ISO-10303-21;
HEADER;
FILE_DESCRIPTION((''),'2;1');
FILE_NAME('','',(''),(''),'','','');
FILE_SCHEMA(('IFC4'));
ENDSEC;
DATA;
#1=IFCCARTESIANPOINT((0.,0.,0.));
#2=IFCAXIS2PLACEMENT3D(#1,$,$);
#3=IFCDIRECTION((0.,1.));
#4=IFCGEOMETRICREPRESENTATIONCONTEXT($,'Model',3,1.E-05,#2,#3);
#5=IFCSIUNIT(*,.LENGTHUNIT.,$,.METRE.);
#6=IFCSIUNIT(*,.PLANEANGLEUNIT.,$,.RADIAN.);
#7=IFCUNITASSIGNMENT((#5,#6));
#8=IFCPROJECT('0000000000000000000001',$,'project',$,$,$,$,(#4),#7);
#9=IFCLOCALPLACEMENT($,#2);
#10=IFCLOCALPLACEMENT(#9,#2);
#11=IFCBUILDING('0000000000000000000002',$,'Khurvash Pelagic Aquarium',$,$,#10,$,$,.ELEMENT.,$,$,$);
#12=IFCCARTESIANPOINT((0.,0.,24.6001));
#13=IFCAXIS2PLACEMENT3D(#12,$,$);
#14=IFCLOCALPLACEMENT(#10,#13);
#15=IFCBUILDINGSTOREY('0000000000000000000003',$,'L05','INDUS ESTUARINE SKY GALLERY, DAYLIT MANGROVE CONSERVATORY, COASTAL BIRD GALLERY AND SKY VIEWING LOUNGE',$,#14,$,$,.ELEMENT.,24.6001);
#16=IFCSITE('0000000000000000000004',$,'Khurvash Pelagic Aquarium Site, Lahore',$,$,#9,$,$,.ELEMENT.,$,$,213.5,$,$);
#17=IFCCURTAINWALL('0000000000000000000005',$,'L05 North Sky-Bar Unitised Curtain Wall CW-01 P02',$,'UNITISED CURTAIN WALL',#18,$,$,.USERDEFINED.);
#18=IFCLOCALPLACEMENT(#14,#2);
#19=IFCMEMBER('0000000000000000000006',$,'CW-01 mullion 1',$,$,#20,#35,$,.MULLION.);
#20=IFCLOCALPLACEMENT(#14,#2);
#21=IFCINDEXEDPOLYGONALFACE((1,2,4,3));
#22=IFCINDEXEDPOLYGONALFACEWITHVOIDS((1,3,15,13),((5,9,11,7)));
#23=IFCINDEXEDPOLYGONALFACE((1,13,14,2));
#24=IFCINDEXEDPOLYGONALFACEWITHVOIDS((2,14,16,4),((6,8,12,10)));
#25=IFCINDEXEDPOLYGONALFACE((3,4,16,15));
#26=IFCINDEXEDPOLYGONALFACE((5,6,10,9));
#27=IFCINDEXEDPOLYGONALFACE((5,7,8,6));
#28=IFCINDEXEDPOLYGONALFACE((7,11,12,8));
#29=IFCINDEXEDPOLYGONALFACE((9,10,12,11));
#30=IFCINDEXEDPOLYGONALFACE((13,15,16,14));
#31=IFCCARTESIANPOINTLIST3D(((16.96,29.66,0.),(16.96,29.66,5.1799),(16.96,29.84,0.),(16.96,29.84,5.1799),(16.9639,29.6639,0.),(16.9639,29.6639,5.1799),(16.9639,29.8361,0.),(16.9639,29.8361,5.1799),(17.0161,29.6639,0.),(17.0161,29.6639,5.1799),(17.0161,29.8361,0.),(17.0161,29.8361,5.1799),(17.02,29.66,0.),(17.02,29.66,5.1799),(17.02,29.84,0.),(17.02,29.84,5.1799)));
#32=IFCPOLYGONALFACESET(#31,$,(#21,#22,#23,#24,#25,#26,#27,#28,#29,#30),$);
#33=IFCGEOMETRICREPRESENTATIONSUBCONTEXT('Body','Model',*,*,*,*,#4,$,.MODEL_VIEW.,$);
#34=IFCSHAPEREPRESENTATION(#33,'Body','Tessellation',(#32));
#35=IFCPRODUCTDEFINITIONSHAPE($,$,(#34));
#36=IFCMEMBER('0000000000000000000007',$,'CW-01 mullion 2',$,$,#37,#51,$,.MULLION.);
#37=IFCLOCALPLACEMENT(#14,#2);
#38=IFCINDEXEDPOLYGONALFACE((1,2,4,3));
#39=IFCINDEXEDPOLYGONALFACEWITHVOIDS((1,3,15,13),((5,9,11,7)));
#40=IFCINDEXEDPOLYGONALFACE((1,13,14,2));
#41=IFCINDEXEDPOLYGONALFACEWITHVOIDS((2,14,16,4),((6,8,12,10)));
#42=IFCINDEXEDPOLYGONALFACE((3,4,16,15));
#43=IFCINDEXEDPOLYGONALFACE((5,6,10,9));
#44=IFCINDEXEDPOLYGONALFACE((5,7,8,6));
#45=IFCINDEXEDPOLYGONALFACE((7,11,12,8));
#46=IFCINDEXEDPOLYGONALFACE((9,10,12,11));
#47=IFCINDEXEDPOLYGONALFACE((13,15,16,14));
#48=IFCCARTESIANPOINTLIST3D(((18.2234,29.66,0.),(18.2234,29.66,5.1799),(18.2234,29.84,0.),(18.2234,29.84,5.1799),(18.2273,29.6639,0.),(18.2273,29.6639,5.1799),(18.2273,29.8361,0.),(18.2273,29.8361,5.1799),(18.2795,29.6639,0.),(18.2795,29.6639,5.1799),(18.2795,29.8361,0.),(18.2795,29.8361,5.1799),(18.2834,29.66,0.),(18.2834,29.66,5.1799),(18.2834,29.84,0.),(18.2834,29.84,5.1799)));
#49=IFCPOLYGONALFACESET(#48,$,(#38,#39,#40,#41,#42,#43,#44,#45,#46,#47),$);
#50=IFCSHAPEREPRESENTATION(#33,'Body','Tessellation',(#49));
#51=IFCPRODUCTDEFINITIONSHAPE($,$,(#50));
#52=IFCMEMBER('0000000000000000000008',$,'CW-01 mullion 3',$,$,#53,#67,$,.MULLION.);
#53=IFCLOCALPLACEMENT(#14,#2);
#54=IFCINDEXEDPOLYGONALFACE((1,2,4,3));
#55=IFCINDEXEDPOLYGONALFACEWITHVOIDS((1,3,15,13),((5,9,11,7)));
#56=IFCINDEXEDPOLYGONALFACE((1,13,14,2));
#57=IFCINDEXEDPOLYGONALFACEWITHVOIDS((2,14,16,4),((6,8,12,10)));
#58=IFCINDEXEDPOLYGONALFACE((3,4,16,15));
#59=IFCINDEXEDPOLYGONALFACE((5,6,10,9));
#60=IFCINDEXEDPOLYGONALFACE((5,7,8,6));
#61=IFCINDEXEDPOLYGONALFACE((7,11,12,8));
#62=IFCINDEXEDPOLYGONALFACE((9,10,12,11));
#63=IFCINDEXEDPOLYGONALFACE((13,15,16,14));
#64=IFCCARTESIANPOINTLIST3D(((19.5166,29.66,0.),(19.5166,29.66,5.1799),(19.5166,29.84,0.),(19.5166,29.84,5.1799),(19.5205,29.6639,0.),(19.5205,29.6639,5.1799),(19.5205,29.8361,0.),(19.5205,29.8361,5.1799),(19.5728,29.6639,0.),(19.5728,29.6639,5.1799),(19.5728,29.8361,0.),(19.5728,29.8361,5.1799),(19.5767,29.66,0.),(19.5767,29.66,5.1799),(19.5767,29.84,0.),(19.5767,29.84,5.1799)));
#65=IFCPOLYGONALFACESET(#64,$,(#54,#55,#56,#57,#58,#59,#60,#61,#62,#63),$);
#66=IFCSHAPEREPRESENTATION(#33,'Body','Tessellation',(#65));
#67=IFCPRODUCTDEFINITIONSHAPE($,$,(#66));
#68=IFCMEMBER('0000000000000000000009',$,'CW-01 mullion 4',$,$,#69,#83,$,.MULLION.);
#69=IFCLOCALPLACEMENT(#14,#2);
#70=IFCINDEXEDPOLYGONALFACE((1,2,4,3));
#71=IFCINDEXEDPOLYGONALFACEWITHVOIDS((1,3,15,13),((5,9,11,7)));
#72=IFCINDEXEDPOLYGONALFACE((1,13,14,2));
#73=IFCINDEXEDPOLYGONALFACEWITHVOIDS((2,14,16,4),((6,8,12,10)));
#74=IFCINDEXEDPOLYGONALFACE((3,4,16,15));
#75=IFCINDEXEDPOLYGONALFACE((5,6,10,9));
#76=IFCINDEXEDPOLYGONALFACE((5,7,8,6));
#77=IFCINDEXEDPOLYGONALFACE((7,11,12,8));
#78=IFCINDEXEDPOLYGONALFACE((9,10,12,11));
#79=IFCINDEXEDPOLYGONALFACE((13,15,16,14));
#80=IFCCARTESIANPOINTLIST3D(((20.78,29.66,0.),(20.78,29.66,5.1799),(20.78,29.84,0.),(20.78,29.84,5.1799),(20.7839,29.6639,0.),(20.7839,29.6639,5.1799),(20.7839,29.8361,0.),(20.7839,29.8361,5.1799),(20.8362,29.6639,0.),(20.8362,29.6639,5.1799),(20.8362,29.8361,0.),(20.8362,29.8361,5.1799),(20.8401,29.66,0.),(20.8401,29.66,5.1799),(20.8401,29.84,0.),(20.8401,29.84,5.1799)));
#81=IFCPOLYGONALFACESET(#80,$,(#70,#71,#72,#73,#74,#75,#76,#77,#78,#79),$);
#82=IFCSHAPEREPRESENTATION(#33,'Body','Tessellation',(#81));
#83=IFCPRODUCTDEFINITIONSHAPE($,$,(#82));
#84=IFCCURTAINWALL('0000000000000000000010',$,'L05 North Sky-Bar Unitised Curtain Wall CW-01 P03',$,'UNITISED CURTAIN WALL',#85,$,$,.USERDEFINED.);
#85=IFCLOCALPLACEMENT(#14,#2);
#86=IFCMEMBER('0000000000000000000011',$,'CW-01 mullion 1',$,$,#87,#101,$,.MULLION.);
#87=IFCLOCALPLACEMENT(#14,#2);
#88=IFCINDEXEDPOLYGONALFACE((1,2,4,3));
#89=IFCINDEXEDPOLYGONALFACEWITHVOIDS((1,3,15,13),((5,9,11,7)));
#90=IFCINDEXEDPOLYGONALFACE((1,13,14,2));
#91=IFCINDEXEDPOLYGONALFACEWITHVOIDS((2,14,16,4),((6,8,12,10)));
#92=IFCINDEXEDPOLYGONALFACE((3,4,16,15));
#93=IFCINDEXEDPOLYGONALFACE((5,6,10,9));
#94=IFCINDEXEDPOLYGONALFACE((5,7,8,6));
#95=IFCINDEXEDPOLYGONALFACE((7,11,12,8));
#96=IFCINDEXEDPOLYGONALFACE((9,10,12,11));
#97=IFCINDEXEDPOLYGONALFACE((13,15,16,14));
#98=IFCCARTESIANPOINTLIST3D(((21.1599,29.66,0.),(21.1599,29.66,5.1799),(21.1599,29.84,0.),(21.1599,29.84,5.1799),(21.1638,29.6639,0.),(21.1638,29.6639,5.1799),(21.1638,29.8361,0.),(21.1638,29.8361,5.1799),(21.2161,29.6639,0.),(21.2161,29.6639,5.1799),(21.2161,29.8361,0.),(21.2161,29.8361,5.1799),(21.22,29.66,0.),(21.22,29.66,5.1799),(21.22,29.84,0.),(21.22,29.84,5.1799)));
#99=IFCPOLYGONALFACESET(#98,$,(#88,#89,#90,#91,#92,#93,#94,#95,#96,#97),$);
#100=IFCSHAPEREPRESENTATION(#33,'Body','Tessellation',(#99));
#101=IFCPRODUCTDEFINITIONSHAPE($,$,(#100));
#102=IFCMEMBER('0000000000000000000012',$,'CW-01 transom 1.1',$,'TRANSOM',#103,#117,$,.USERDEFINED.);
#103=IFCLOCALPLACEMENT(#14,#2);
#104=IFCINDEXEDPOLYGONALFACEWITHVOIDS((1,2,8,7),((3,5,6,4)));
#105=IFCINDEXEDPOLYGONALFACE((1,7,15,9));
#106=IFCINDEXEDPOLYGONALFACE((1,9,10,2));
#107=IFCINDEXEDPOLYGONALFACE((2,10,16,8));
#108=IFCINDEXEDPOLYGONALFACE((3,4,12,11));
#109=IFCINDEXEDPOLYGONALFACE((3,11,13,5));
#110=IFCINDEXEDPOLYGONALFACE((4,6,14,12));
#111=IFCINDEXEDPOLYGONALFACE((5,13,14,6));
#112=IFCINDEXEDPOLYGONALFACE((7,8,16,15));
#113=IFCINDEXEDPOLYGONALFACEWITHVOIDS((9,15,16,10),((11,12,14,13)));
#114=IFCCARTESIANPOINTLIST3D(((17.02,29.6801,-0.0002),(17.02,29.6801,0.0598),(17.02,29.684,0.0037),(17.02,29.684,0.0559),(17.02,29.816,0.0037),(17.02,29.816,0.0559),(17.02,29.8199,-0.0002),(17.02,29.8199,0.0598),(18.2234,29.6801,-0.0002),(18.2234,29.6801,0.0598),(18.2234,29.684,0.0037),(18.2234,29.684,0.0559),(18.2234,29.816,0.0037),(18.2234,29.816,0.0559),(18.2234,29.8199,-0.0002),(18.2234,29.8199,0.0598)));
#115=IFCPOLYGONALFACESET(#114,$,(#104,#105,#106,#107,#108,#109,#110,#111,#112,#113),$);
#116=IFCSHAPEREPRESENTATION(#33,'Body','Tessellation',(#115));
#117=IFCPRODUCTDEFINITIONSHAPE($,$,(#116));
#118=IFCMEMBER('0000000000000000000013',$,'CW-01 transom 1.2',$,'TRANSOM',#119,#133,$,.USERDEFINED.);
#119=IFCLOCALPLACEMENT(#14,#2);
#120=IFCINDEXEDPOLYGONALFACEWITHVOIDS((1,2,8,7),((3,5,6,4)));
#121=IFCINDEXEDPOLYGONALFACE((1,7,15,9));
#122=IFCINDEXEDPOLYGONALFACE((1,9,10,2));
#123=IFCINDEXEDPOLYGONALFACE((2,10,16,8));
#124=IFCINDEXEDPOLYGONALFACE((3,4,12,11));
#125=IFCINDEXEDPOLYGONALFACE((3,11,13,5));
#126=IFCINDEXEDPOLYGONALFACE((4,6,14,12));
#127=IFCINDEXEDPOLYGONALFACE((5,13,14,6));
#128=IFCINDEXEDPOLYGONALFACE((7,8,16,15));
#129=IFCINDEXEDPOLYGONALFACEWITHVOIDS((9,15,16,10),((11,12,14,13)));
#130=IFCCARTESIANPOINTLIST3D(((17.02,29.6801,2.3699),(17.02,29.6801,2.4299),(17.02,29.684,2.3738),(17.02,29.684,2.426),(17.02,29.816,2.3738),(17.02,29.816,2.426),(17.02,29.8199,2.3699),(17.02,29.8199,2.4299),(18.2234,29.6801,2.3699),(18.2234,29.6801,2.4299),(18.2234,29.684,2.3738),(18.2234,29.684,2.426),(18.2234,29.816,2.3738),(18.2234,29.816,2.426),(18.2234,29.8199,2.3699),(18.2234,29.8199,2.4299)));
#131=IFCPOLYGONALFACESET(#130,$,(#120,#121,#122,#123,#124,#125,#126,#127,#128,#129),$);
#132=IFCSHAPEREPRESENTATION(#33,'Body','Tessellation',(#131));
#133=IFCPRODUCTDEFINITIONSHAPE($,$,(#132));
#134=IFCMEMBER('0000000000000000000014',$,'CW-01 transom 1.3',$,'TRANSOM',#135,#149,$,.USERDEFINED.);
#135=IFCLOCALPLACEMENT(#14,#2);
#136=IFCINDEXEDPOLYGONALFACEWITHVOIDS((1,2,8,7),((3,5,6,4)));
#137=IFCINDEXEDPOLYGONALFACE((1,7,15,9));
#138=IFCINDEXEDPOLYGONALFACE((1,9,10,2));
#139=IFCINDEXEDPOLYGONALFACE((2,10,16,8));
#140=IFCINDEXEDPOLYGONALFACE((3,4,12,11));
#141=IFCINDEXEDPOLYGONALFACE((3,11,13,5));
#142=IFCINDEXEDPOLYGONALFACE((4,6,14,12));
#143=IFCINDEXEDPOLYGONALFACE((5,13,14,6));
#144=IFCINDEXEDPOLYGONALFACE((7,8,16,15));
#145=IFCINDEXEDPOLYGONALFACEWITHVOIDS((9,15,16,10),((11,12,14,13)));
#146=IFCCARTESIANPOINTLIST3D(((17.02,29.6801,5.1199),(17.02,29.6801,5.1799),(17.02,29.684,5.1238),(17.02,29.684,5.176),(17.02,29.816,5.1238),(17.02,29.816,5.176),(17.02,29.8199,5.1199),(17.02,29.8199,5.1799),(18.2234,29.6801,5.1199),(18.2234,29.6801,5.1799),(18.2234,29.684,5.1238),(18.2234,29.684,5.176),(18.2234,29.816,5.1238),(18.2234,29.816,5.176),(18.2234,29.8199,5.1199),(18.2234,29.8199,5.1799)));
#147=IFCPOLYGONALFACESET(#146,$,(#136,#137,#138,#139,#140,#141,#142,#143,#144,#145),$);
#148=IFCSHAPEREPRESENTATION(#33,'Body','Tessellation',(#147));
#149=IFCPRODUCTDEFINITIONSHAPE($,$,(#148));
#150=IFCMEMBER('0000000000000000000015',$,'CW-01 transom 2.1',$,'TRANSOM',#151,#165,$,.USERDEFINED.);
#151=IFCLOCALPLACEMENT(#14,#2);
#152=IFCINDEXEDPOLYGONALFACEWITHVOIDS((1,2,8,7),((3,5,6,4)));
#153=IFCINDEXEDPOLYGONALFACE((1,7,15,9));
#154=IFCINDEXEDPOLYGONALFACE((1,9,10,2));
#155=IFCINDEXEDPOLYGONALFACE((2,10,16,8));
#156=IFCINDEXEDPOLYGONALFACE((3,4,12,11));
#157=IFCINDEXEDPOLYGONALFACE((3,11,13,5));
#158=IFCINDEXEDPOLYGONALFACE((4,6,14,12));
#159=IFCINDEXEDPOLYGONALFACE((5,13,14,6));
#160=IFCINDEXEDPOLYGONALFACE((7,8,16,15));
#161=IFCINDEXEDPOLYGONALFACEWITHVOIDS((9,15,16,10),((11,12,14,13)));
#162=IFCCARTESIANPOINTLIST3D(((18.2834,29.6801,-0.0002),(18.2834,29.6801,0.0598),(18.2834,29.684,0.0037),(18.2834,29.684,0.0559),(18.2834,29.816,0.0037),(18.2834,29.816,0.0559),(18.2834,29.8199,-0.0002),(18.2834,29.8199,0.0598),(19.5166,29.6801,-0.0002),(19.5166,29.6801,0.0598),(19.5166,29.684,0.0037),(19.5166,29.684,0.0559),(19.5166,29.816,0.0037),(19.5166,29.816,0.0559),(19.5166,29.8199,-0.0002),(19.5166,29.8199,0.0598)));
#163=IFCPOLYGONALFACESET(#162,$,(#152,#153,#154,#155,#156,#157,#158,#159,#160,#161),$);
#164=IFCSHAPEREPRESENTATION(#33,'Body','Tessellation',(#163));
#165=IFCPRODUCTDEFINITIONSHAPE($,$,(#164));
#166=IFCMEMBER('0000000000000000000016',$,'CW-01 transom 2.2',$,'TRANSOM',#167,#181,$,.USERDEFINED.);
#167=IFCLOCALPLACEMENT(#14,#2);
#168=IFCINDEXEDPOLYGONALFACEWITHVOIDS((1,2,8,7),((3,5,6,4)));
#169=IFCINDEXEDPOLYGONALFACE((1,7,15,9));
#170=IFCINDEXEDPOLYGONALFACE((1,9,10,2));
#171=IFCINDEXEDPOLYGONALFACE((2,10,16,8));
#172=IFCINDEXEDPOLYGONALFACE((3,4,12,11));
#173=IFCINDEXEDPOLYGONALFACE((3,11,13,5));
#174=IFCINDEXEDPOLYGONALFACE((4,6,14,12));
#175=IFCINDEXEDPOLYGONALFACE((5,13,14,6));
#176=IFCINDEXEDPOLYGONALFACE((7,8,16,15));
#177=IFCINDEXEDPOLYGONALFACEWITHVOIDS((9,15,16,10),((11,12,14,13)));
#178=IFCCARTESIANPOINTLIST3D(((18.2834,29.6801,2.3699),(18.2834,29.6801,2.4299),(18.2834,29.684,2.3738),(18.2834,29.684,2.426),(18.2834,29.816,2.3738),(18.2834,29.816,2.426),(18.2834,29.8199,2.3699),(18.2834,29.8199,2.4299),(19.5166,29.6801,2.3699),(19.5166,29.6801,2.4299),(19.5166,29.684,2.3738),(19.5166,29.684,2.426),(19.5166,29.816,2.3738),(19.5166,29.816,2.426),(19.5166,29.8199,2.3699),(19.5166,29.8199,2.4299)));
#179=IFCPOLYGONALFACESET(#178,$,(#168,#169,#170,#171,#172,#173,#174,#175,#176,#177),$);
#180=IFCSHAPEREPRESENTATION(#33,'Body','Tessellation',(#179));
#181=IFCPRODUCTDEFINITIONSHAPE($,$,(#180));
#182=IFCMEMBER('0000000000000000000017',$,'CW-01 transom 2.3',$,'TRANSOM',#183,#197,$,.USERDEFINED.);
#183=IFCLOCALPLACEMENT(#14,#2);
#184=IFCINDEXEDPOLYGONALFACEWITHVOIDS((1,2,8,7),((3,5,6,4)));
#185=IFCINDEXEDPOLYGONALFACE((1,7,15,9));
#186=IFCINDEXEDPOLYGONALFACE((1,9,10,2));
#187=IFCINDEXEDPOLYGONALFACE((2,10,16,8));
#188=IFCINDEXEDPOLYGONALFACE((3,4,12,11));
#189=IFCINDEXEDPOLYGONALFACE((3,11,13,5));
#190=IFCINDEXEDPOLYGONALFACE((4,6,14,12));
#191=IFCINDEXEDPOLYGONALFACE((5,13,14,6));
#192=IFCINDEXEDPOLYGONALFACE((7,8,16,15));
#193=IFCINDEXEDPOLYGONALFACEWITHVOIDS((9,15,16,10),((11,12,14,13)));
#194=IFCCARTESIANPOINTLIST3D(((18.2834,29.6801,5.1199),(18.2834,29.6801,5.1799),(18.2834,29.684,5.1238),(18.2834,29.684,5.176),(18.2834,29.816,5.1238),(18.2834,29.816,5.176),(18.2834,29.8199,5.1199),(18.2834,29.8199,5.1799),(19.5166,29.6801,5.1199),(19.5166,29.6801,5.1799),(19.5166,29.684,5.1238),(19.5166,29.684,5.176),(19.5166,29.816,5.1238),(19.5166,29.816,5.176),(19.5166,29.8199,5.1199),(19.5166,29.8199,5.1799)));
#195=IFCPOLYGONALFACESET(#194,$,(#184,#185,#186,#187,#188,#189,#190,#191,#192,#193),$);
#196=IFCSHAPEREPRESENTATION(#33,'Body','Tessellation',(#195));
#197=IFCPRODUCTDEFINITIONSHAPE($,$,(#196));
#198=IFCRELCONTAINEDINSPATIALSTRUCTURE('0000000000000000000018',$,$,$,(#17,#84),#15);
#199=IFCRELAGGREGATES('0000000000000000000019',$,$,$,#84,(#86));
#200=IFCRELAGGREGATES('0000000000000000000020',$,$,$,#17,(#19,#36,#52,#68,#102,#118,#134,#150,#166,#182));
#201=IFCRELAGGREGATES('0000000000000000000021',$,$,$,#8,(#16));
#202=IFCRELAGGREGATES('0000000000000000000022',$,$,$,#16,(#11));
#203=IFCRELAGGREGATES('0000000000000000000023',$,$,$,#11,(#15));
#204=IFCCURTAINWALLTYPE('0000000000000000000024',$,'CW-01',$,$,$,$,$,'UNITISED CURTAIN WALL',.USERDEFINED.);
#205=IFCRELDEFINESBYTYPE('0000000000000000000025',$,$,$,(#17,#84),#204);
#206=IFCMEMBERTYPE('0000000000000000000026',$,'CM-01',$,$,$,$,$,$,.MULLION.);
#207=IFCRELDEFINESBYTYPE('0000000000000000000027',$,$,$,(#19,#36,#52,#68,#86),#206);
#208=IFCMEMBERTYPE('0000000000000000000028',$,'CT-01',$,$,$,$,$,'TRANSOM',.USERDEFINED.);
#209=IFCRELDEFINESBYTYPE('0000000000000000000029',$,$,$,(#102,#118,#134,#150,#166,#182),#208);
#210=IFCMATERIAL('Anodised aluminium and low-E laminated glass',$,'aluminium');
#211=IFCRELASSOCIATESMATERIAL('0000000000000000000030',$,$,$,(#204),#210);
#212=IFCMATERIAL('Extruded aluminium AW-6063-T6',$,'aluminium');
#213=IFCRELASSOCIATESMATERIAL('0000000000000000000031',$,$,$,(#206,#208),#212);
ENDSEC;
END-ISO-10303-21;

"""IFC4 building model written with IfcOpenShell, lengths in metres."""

from ifc_helpers import new_model, si_unit, direction, frame, origin, origin_2d, place, context, subcontext, project, spatial, hollow_rectangle, extrude, material, material_profile, profile_set, type_object, element, aggregate, save


model = new_model("IFC4")

# Units and contexts
model_context = context("Model", 3, precision=1e-05, world=origin(), true_north=direction((0.0, 1.0)))
body_context = subcontext(model_context, "Body", "Model", "MODEL_VIEW")
ifc_project = project(units=[si_unit("LENGTHUNIT", "METRE"), si_unit("PLANEANGLEUNIT", "RADIAN")], contexts=[model_context])

# Site, building, storey
site_placement = place(None, origin())
site = spatial("IfcSite", under=ifc_project, at=site_placement, Name="Khurvash Pelagic Aquarium Site, Lahore", CompositionType="ELEMENT", RefElevation=213.5)
building_placement = place(site_placement, origin())
building = spatial("IfcBuilding", under=site, at=building_placement, Name="Khurvash Pelagic Aquarium", CompositionType="ELEMENT")
storey_placement = place(building_placement, frame((0.0, 0.0, 24.6001)))
storey = spatial("IfcBuildingStorey", under=building, at=storey_placement, Name="L05", Description="INDUS ESTUARINE SKY GALLERY, DAYLIT MANGROVE CONSERVATORY, COASTAL BIRD GALLERY AND SKY VIEWING LOUNGE", CompositionType="ELEMENT", Elevation=24.6001)

# Curtain wall, members
ifc_material_1 = material(Name="Anodised aluminium and low-E laminated glass", Category="aluminium")
curtain_wall_type = type_object("IfcCurtainWallType", Name="CW-01", ElementType="UNITISED CURTAIN WALL", PredefinedType="USERDEFINED", material=ifc_material_1)
curtain_wall_1_placement = place(storey_placement, origin())
curtain_wall_1 = element("IfcCurtainWall", 1, at=curtain_wall_1_placement, inside=storey, type_object=curtain_wall_type, Name="L05 North Sky-Bar Unitised Curtain Wall CW-01 P02", ObjectType="UNITISED CURTAIN WALL", PredefinedType="USERDEFINED")
ifc_material_2 = material(Name="Extruded aluminium AW-6063-T6", Category="aluminium")
ifc_material_profile_1 = material_profile(ifc_material_2, hollow_rectangle(XDim=0.0601, YDim=0.1799, WallThickness=0.0039, at=origin_2d()), Name="CWM60X180X4")
ifc_profile_set_1 = profile_set([ifc_material_profile_1], Name="Extruded aluminium AW-6063-T6")
member_type_1 = type_object("IfcMemberType", Name="CM-01", PredefinedType="MULLION", material=ifc_profile_set_1)
member_1_placement = place(storey_placement, frame((16.99, 29.75, 0.0), z_axis=(0.0, 0.0, 1.0), x_axis=(1.0, 0.0, 0.0)))
member_1 = element("IfcMember", 2, at=member_1_placement, type_object=member_type_1, Name="CW-01 mullion 1", PredefinedType="MULLION", context=body_context, shape_type="SweptSolid", body=[
    extrude(hollow_rectangle(XDim=0.0601, YDim=0.1799, WallThickness=0.0039, at=origin_2d()), origin(), (0.0, 0.0, 1.0), 5.1799),
])
member_2_placement = place(storey_placement, frame((18.2534, 29.75, 0.0), z_axis=(0.0, 0.0, 1.0), x_axis=(1.0, 0.0, 0.0)))
member_2 = element("IfcMember", 3, at=member_2_placement, type_object=member_type_1, Name="CW-01 mullion 2", PredefinedType="MULLION", context=body_context, shape_type="SweptSolid", body=[
    extrude(hollow_rectangle(XDim=0.0601, YDim=0.1799, WallThickness=0.0039, at=origin_2d()), origin(), (0.0, 0.0, 1.0), 5.1799),
])
member_3_placement = place(storey_placement, frame((19.5466, 29.75, 0.0), z_axis=(0.0, 0.0, 1.0), x_axis=(1.0, 0.0, 0.0)))
member_3 = element("IfcMember", 4, at=member_3_placement, type_object=member_type_1, Name="CW-01 mullion 3", PredefinedType="MULLION", context=body_context, shape_type="SweptSolid", body=[
    extrude(hollow_rectangle(XDim=0.0601, YDim=0.1799, WallThickness=0.0039, at=origin_2d()), origin(), (0.0, 0.0, 1.0), 5.1799),
])
member_4_placement = place(storey_placement, frame((20.8101, 29.75, 0.0), z_axis=(0.0, 0.0, 1.0), x_axis=(1.0, 0.0, 0.0)))
member_4 = element("IfcMember", 5, at=member_4_placement, type_object=member_type_1, Name="CW-01 mullion 4", PredefinedType="MULLION", context=body_context, shape_type="SweptSolid", body=[
    extrude(hollow_rectangle(XDim=0.0601, YDim=0.1799, WallThickness=0.0039, at=origin_2d()), origin(), (0.0, 0.0, 1.0), 5.1799),
])

# Curtain wall, member
curtain_wall_2_placement = place(storey_placement, origin())
curtain_wall_2 = element("IfcCurtainWall", 6, at=curtain_wall_2_placement, inside=storey, type_object=curtain_wall_type, Name="L05 North Sky-Bar Unitised Curtain Wall CW-01 P03", ObjectType="UNITISED CURTAIN WALL", PredefinedType="USERDEFINED")
member_5_placement = place(storey_placement, frame((21.1899, 29.75, 0.0), z_axis=(0.0, 0.0, 1.0), x_axis=(1.0, 0.0, 0.0)))
member_5 = element("IfcMember", 7, at=member_5_placement, type_object=member_type_1, Name="CW-01 mullion 1", PredefinedType="MULLION", context=body_context, shape_type="SweptSolid", body=[
    extrude(hollow_rectangle(XDim=0.0601, YDim=0.1799, WallThickness=0.0039, at=origin_2d()), origin(), (0.0, 0.0, 1.0), 5.1799),
])

# Members
ifc_material_profile_2 = material_profile(ifc_material_2, hollow_rectangle(XDim=0.1399, YDim=0.0601, WallThickness=0.0039, at=origin_2d()), Name="CWT140X60X4")
ifc_profile_set_2 = profile_set([ifc_material_profile_2], Name="Extruded aluminium AW-6063-T6")
member_type_2 = type_object("IfcMemberType", Name="CT-01", ElementType="TRANSOM", PredefinedType="USERDEFINED", material=ifc_profile_set_2)
member_6_placement = place(storey_placement, frame((17.02, 29.75, 0.0298), z_axis=(1.0, 0.0, 0.0), x_axis=(0.0, 1.0, 0.0)))
member_6 = element("IfcMember", 8, at=member_6_placement, type_object=member_type_2, Name="CW-01 transom 1.1", ObjectType="TRANSOM", PredefinedType="USERDEFINED", context=body_context, shape_type="SweptSolid", body=[
    extrude(hollow_rectangle(XDim=0.1399, YDim=0.0601, WallThickness=0.0039, at=origin_2d()), origin(), (0.0, 0.0, 1.0), 1.2034),
])
member_7_placement = place(storey_placement, frame((17.02, 29.75, 2.3999), z_axis=(1.0, 0.0, 0.0), x_axis=(0.0, 1.0, 0.0)))
member_7 = element("IfcMember", 9, at=member_7_placement, type_object=member_type_2, Name="CW-01 transom 1.2", ObjectType="TRANSOM", PredefinedType="USERDEFINED", context=body_context, shape_type="SweptSolid", body=[
    extrude(hollow_rectangle(XDim=0.1399, YDim=0.0601, WallThickness=0.0039, at=origin_2d()), origin(), (0.0, 0.0, 1.0), 1.2034),
])
member_8_placement = place(storey_placement, frame((17.02, 29.75, 5.1499), z_axis=(1.0, 0.0, 0.0), x_axis=(0.0, 1.0, 0.0)))
member_8 = element("IfcMember", 10, at=member_8_placement, type_object=member_type_2, Name="CW-01 transom 1.3", ObjectType="TRANSOM", PredefinedType="USERDEFINED", context=body_context, shape_type="SweptSolid", body=[
    extrude(hollow_rectangle(XDim=0.1399, YDim=0.0601, WallThickness=0.0039, at=origin_2d()), origin(), (0.0, 0.0, 1.0), 1.2034),
])
member_9_placement = place(storey_placement, frame((18.2834, 29.75, 0.0298), z_axis=(1.0, 0.0, 0.0), x_axis=(0.0, 1.0, 0.0)))
member_9 = element("IfcMember", 11, at=member_9_placement, type_object=member_type_2, Name="CW-01 transom 2.1", ObjectType="TRANSOM", PredefinedType="USERDEFINED", context=body_context, shape_type="SweptSolid", body=[
    extrude(hollow_rectangle(XDim=0.1399, YDim=0.0601, WallThickness=0.0039, at=origin_2d()), origin(), (0.0, 0.0, 1.0), 1.2332),
])
member_10_placement = place(storey_placement, frame((18.2834, 29.75, 2.3999), z_axis=(1.0, 0.0, 0.0), x_axis=(0.0, 1.0, 0.0)))
member_10 = element("IfcMember", 12, at=member_10_placement, type_object=member_type_2, Name="CW-01 transom 2.2", ObjectType="TRANSOM", PredefinedType="USERDEFINED", context=body_context, shape_type="SweptSolid", body=[
    extrude(hollow_rectangle(XDim=0.1399, YDim=0.0601, WallThickness=0.0039, at=origin_2d()), origin(), (0.0, 0.0, 1.0), 1.2332),
])
member_11_placement = place(storey_placement, frame((18.2834, 29.75, 5.1499), z_axis=(1.0, 0.0, 0.0), x_axis=(0.0, 1.0, 0.0)))
member_11 = element("IfcMember", 13, at=member_11_placement, type_object=member_type_2, Name="CW-01 transom 2.3", ObjectType="TRANSOM", PredefinedType="USERDEFINED", context=body_context, shape_type="SweptSolid", body=[
    extrude(hollow_rectangle(XDim=0.1399, YDim=0.0601, WallThickness=0.0039, at=origin_2d()), origin(), (0.0, 0.0, 1.0), 1.2332),
])
aggregate(curtain_wall_2, [member_5])

aggregate(curtain_wall_1, [member_1, member_2, member_3, member_4, member_6, member_7, member_8, member_9, member_10, member_11])

save(model, "model.ifc")
